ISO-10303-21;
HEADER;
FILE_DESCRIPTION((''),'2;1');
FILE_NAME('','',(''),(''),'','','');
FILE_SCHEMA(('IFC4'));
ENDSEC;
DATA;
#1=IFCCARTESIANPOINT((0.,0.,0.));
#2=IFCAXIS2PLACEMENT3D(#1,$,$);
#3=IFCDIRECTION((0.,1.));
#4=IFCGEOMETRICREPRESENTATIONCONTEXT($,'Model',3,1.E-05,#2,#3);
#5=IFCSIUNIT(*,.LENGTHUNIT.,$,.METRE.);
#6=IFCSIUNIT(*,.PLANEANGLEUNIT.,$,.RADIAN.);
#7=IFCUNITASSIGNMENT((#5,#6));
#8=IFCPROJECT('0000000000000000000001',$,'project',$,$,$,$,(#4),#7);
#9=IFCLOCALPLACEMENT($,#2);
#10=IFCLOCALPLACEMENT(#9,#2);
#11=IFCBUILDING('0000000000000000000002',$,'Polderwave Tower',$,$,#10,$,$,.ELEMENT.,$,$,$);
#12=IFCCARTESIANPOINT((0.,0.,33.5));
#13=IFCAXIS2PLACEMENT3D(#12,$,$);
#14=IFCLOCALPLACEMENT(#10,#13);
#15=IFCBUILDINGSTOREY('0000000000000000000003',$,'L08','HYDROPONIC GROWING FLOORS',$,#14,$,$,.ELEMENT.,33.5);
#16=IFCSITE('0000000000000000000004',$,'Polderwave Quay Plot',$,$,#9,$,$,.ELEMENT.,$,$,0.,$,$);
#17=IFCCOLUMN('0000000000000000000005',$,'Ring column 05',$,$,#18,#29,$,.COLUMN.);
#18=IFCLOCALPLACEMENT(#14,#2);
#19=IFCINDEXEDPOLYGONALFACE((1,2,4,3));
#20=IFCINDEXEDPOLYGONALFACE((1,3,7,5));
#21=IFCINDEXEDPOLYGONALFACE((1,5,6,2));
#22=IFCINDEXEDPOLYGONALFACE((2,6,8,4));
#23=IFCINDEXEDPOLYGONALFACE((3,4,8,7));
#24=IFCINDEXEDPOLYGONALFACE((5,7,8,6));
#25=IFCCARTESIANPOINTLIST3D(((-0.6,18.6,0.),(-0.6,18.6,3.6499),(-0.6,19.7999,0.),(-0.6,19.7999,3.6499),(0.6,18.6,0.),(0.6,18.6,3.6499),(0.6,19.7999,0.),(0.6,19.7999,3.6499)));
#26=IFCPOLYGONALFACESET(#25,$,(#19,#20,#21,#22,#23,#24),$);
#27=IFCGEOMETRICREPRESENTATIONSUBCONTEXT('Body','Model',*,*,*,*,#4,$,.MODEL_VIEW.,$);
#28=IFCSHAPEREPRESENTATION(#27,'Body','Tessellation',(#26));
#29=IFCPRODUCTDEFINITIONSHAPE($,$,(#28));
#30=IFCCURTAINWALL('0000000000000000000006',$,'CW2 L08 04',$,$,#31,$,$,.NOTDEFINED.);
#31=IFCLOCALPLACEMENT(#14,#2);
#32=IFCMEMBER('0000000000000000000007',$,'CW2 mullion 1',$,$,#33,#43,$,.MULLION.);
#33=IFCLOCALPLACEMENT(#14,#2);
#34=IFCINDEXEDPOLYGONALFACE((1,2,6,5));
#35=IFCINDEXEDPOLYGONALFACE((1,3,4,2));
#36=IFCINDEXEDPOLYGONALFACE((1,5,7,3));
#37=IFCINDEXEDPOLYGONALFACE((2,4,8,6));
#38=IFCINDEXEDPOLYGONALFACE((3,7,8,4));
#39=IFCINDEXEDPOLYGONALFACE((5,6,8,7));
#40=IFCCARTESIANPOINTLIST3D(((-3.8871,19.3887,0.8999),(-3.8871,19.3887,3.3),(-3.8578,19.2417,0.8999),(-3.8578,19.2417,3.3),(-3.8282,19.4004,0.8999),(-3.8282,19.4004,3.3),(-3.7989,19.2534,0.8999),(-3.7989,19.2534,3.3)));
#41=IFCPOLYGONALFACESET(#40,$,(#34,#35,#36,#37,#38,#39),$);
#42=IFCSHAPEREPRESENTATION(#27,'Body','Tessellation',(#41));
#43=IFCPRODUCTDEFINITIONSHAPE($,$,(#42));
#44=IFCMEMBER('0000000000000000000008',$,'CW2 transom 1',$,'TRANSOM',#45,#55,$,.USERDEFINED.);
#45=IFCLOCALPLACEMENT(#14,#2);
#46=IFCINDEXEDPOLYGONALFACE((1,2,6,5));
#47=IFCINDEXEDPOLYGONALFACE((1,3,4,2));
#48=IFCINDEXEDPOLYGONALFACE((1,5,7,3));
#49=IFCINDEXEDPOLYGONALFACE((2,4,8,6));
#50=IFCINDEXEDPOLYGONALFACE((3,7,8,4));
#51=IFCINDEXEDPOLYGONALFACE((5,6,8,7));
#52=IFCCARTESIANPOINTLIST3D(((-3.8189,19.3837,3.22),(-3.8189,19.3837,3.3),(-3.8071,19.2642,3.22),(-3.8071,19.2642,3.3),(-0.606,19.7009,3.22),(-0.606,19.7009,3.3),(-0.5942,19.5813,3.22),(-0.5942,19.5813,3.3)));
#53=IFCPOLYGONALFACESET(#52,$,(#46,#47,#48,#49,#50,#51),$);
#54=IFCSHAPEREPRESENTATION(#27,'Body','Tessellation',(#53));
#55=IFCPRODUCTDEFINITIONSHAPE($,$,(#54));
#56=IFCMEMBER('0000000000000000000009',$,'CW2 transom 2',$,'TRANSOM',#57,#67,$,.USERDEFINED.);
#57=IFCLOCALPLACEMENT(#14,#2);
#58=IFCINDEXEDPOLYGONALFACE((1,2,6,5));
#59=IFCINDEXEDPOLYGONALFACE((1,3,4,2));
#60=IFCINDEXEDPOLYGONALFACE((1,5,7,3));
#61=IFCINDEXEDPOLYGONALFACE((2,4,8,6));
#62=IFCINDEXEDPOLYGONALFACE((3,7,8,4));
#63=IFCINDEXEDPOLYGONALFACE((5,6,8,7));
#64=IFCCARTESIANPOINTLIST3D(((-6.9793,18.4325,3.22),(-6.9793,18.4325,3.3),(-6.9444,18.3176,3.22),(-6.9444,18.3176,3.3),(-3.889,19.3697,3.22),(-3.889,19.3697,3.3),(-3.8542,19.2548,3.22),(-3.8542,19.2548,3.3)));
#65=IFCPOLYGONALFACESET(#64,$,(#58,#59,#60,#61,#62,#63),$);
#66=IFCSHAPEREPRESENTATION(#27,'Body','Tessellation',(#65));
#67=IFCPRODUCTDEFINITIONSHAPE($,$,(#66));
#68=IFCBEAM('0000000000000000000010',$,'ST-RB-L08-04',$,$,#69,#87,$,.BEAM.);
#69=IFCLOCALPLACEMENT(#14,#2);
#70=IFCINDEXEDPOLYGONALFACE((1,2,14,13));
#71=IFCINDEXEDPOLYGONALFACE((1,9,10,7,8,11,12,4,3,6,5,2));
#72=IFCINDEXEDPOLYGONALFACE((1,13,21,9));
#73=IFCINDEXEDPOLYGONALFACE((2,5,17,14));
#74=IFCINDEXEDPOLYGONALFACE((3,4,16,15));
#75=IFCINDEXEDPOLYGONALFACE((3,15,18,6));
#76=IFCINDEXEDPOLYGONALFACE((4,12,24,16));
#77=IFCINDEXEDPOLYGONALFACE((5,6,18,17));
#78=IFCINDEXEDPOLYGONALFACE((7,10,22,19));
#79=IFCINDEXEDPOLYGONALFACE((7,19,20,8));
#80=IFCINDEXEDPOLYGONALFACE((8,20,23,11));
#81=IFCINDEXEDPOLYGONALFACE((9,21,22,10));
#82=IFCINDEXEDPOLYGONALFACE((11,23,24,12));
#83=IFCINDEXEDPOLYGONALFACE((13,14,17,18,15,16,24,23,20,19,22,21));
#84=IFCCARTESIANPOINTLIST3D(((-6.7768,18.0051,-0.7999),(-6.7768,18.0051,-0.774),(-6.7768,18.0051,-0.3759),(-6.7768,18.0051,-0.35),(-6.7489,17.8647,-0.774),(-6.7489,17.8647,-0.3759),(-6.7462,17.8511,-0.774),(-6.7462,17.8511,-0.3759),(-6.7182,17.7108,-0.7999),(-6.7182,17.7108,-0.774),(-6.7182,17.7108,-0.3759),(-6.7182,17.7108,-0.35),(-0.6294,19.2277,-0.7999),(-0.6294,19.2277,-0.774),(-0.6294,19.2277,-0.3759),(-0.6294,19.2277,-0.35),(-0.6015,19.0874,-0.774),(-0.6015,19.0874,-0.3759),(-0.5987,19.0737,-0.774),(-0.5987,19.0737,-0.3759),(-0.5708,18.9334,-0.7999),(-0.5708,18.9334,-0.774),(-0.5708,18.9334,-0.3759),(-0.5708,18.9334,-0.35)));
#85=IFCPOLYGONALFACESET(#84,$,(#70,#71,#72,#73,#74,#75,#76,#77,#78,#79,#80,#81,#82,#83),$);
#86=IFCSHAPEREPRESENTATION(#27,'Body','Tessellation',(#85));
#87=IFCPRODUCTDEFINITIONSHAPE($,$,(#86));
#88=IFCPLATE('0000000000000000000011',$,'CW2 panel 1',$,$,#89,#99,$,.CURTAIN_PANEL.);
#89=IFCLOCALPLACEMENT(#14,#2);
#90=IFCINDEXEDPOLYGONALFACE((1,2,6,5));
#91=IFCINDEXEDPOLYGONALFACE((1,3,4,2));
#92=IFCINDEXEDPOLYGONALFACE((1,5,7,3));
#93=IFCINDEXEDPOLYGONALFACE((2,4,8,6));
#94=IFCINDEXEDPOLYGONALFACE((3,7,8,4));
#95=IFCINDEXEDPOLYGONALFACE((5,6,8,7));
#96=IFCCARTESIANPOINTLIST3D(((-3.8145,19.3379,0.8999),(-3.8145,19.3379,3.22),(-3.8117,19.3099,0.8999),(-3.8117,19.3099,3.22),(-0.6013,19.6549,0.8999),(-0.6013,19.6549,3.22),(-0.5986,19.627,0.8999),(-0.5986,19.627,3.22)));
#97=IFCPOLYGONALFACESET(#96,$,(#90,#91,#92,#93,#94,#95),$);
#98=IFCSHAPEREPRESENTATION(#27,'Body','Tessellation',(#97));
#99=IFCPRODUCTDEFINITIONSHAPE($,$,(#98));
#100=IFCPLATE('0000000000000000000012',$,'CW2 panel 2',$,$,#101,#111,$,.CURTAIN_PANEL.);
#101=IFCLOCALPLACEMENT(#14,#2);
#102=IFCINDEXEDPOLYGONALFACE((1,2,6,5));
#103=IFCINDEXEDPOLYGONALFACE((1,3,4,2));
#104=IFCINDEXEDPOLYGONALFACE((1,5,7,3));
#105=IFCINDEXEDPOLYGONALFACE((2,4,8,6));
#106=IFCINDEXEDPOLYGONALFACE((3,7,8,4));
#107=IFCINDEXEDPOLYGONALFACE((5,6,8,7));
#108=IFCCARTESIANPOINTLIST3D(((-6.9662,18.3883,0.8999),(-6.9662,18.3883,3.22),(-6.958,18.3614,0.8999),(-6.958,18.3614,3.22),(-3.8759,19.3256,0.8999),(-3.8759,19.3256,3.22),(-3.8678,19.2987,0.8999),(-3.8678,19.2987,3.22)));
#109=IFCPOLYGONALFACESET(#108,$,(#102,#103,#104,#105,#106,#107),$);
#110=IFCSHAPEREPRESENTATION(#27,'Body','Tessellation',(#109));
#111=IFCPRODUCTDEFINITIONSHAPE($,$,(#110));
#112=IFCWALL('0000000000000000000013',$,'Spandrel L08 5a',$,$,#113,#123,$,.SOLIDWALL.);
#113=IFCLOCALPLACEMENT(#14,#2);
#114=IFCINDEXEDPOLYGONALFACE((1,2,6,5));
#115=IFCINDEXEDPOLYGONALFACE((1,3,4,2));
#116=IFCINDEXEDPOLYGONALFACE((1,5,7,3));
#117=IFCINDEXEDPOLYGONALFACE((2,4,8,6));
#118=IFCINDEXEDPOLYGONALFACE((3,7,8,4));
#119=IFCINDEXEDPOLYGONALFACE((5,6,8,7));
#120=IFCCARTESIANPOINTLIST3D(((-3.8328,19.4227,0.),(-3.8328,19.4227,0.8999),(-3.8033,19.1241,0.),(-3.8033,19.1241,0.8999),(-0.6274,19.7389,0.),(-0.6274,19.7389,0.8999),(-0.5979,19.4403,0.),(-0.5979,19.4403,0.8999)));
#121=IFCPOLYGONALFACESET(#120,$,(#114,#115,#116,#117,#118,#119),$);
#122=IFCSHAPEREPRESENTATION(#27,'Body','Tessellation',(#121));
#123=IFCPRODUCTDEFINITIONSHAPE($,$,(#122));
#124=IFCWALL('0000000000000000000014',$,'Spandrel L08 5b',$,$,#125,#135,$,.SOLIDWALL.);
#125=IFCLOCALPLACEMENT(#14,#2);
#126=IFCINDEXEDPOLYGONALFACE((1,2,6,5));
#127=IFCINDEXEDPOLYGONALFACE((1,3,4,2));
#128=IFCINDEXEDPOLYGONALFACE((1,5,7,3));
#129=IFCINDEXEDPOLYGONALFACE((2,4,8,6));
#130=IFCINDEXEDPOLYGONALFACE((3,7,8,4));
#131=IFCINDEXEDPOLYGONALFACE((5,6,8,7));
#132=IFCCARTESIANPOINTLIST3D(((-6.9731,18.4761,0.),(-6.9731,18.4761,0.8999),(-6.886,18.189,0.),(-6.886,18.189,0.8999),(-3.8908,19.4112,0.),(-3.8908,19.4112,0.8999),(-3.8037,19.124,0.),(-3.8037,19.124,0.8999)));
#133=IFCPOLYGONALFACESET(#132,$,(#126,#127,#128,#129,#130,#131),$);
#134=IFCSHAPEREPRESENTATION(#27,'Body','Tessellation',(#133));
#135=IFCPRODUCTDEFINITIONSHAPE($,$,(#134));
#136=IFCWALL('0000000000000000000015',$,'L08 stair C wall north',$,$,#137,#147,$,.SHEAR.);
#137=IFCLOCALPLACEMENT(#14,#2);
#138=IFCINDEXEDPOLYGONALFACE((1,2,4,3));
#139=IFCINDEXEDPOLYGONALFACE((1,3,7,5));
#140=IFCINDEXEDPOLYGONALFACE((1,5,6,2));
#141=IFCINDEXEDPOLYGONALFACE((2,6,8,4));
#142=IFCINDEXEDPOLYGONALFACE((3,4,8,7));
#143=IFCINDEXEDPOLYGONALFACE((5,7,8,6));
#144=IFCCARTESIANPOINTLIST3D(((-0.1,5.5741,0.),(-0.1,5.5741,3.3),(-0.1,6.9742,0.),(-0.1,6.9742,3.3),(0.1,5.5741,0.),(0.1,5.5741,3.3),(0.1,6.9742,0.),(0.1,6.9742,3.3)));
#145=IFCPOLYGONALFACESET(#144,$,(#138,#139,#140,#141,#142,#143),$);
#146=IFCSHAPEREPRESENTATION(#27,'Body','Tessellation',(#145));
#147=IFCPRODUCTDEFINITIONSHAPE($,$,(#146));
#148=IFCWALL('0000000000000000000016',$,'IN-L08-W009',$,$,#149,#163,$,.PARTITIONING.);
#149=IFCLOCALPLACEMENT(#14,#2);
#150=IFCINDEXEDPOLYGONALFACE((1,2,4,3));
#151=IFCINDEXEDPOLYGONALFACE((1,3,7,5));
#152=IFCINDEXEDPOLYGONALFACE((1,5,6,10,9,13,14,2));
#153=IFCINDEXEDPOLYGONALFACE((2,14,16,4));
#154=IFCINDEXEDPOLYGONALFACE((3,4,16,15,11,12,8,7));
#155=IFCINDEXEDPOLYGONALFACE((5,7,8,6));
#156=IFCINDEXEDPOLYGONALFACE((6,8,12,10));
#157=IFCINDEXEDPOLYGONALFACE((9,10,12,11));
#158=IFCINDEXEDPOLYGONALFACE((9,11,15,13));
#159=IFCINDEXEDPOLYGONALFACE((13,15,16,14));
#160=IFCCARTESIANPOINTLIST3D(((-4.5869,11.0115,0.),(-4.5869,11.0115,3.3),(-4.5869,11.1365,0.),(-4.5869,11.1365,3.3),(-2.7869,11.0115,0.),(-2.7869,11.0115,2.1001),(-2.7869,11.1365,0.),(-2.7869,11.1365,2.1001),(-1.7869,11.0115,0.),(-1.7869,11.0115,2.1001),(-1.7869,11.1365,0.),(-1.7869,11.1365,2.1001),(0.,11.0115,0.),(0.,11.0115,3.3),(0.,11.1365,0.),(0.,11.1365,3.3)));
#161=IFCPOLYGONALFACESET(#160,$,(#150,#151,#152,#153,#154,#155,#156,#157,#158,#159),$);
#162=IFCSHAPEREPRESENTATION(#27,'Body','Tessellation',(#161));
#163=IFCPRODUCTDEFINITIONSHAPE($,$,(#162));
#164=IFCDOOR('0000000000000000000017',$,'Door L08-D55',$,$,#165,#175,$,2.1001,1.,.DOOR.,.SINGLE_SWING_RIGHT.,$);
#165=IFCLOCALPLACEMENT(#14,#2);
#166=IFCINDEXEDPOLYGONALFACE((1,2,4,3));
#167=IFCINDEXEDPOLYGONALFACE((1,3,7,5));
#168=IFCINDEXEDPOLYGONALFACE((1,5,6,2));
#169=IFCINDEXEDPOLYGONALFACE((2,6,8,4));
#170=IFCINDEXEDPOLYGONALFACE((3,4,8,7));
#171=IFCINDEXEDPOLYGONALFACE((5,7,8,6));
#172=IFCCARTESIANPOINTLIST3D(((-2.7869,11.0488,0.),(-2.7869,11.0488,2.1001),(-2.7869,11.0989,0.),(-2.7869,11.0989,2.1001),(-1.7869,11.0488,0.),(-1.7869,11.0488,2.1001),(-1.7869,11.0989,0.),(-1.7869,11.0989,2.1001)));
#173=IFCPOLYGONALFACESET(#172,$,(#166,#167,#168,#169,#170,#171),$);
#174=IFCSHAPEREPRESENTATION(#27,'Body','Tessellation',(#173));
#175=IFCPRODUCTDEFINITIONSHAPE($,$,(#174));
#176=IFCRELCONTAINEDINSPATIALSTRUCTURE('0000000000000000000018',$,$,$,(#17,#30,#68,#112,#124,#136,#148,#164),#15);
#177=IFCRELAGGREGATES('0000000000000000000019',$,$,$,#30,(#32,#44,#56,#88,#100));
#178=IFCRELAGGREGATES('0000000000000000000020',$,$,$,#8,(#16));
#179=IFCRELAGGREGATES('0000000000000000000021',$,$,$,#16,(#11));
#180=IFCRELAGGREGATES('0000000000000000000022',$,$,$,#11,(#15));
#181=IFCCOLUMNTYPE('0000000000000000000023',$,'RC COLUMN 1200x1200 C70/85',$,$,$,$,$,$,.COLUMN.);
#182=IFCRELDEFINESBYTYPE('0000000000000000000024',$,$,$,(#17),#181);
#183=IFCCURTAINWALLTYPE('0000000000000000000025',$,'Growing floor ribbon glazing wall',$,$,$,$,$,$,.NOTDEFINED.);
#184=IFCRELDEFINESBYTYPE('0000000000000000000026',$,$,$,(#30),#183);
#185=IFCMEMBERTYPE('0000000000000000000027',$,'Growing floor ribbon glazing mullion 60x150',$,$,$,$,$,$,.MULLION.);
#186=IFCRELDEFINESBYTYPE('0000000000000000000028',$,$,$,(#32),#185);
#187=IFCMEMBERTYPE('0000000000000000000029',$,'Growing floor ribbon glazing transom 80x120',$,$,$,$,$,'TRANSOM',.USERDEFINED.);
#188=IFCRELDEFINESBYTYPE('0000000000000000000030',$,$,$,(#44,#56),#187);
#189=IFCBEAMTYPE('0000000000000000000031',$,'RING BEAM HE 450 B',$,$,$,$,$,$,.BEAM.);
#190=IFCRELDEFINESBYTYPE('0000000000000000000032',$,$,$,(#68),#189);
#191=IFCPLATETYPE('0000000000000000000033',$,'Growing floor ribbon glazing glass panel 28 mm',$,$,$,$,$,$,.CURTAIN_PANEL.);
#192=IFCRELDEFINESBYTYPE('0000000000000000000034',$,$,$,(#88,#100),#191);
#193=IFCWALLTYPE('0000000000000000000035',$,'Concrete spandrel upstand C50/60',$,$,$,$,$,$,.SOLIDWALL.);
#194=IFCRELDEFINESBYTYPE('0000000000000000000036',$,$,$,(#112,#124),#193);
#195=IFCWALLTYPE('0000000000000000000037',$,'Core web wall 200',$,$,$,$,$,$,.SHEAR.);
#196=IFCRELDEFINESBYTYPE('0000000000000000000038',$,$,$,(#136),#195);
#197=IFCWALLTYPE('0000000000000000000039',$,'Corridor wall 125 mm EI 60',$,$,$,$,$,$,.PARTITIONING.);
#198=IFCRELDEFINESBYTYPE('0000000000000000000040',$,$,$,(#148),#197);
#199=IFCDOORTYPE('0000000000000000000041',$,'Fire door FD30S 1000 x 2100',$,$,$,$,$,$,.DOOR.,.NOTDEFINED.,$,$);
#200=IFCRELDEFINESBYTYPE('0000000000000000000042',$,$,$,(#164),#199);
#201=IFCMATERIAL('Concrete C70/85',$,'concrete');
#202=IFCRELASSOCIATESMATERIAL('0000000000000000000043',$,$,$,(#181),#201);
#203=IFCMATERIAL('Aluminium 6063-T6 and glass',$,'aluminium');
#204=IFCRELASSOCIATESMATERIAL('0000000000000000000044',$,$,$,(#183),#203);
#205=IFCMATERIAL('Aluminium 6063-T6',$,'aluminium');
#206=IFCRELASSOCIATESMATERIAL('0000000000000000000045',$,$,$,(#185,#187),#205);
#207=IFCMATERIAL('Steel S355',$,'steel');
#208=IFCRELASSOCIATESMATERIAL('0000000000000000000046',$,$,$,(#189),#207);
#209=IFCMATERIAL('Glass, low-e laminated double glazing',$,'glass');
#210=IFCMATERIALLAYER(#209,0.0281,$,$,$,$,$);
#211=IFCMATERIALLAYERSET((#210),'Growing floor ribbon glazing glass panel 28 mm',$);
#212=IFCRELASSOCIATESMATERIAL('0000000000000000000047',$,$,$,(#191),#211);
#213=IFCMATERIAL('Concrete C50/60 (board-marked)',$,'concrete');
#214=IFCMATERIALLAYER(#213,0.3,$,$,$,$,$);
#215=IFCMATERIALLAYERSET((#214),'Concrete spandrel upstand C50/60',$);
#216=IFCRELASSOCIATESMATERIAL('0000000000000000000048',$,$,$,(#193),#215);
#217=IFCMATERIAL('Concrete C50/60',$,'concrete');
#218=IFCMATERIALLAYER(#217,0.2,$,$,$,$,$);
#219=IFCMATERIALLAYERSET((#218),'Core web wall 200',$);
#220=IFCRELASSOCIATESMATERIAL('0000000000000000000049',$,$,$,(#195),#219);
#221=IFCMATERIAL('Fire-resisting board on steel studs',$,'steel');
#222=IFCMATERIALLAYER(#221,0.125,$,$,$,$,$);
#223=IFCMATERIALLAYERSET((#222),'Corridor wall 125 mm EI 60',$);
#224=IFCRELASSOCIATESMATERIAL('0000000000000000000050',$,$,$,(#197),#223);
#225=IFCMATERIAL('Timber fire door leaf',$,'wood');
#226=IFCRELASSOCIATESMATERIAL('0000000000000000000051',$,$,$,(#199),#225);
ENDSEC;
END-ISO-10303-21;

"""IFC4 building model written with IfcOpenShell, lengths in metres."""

from ifc_helpers import new_model, si_unit, direction, frame, frame_2d, origin, origin_2d, place, context, subcontext, project, spatial, rectangle, i_section, extrude, material, layer, layer_set, material_profile, profile_set, type_object, element, fill, aggregate, save


model = new_model("IFC4")

# Units and contexts
model_context = context("Model", 3, precision=1e-05, world=origin(), true_north=direction((0.0, 1.0)))
body_context = subcontext(model_context, "Body", "Model", "MODEL_VIEW")
ifc_project = project(units=[si_unit("LENGTHUNIT", "METRE"), si_unit("PLANEANGLEUNIT", "RADIAN")], contexts=[model_context])

# Site, building, storey
site_placement = place(None, origin())
site = spatial("IfcSite", under=ifc_project, at=site_placement, Name="Polderwave Quay Plot", CompositionType="ELEMENT", RefElevation=0.0)
building_placement = place(site_placement, origin())
building = spatial("IfcBuilding", under=site, at=building_placement, Name="Polderwave Tower", CompositionType="ELEMENT")
storey_placement = place(building_placement, frame((0.0, 0.0, 33.5)))
storey = spatial("IfcBuildingStorey", under=building, at=storey_placement, Name="L08", Description="HYDROPONIC GROWING FLOORS", CompositionType="ELEMENT", Elevation=33.5)

# Column
ifc_material_1 = material(Name="Concrete C70/85", Category="concrete")
ifc_material_profile_1 = material_profile(ifc_material_1, rectangle(XDim=1.2, YDim=1.2, at=origin_2d()), Name="RC 1200x1200")
ifc_profile_set_1 = profile_set([ifc_material_profile_1], Name="Concrete C70/85")
column_type = type_object("IfcColumnType", Name="RC COLUMN 1200x1200 C70/85", PredefinedType="COLUMN", material=ifc_profile_set_1)
column_placement = place(storey_placement, frame((0.0, 19.2, 0.0), z_axis=(0.0, 0.0, 1.0), x_axis=(0.0, 1.0, 0.0)))
element("IfcColumn", 1, at=column_placement, inside=storey, type_object=column_type, Name="Ring column 05", PredefinedType="COLUMN", context=body_context, shape_type="SweptSolid", body=[
    extrude(rectangle(XDim=1.2, YDim=1.2, at=origin_2d()), origin(), (0.0, 0.0, 1.0), 3.6499),
])

# Curtain wall, members
ifc_material_2 = material(Name="Aluminium 6063-T6 and glass", Category="aluminium")
curtain_wall_type = type_object("IfcCurtainWallType", Name="Growing floor ribbon glazing wall", PredefinedType="NOTDEFINED", material=ifc_material_2)
curtain_wall_placement = place(storey_placement, origin())
curtain_wall = element("IfcCurtainWall", 2, at=curtain_wall_placement, inside=storey, type_object=curtain_wall_type, Name="CW2 L08 04", PredefinedType="NOTDEFINED")
ifc_material_3 = material(Name="Aluminium 6063-T6", Category="aluminium")
ifc_material_profile_2 = material_profile(ifc_material_3, rectangle(XDim=0.1499, YDim=0.0601, at=origin_2d()), Name="AL 60x150")
ifc_profile_set_2 = profile_set([ifc_material_profile_2], Name="Aluminium 6063-T6")
member_type_1 = type_object("IfcMemberType", Name="Growing floor ribbon glazing mullion 60x150", PredefinedType="MULLION", material=ifc_profile_set_2)
member_1_placement = place(storey_placement, frame((-3.843, 19.321, 0.8999), z_axis=(0.0, 0.0, 1.0), x_axis=(0.195159, -0.980772, 0.0)))
member_1 = element("IfcMember", 3, at=member_1_placement, type_object=member_type_1, Name="CW2 mullion 1", PredefinedType="MULLION", context=body_context, shape_type="SweptSolid", body=[
    extrude(rectangle(XDim=0.1499, YDim=0.0601, at=origin_2d()), origin(), (0.0, 0.0, 1.0), 2.4001),
])
ifc_material_profile_3 = material_profile(ifc_material_3, rectangle(XDim=0.1201, YDim=0.0801, at=origin_2d()), Name="AL 80x120")
ifc_profile_set_3 = profile_set([ifc_material_profile_3], Name="Aluminium 6063-T6")
member_type_2 = type_object("IfcMemberType", Name="Growing floor ribbon glazing transom 80x120", ElementType="TRANSOM", PredefinedType="USERDEFINED", material=ifc_profile_set_3)
member_2_placement = place(storey_placement, frame((-0.6001, 19.6411, 3.26), z_axis=(-0.995164, -0.098231, 0.0), x_axis=(0.098231, -0.995164, 0.0)))
member_2 = element("IfcMember", 4, at=member_2_placement, type_object=member_type_2, Name="CW2 transom 1", ObjectType="TRANSOM", PredefinedType="USERDEFINED", context=body_context, shape_type="SweptSolid", body=[
    extrude(rectangle(XDim=0.1201, YDim=0.0801, at=origin_2d()), origin(), (0.0, 0.0, 1.0), 3.2285),
])
member_3_placement = place(storey_placement, frame((-3.8716, 19.3123, 3.26), z_axis=(-0.956956, -0.290232, 0.0), x_axis=(0.290232, -0.956956, 0.0)))
member_3 = element("IfcMember", 5, at=member_3_placement, type_object=member_type_2, Name="CW2 transom 2", ObjectType="TRANSOM", PredefinedType="USERDEFINED", context=body_context, shape_type="SweptSolid", body=[
    extrude(rectangle(XDim=0.1201, YDim=0.0801, at=origin_2d()), origin(), (0.0, 0.0, 1.0), 3.2292),
])

# Beam
ifc_material_4 = material(Name="Steel S355", Category="steel")
ifc_material_profile_4 = material_profile(ifc_material_4, i_section(OverallWidth=0.3, OverallDepth=0.45, WebThickness=0.0139, FlangeThickness=0.0259, at=origin_2d()), Name="HE 450 B")
ifc_profile_set_4 = profile_set([ifc_material_profile_4], Name="Steel S355")
beam_type = type_object("IfcBeamType", Name="RING BEAM HE 450 B", PredefinedType="BEAM", material=ifc_profile_set_4)
beam_placement = place(storey_placement, frame((-0.6001, 19.0806, -0.575), z_axis=(-0.98079, -0.195067, 0.0), x_axis=(0.195067, -0.98079, 0.0)))
element("IfcBeam", 6, at=beam_placement, inside=storey, type_object=beam_type, Name="ST-RB-L08-04", PredefinedType="BEAM", context=body_context, shape_type="SweptSolid", body=[
    extrude(i_section(OverallWidth=0.3, OverallDepth=0.45, WebThickness=0.0139, FlangeThickness=0.0259, at=origin_2d()), origin(), (0.0, 0.0, 1.0), 6.2678),
])

# Plates
ifc_material_5 = material(Name="Glass, low-e laminated double glazing", Category="glass")
ifc_layer_1 = layer(ifc_material_5, 0.0281)
ifc_layer_set_1 = layer_set([ifc_layer_1], Name="Growing floor ribbon glazing glass panel 28 mm")
plate_type = type_object("IfcPlateType", Name="Growing floor ribbon glazing glass panel 28 mm", PredefinedType="CURTAIN_PANEL", material=ifc_layer_set_1)
plate_1_placement = place(storey_placement, frame((-2.2065, 19.4824, 0.8999), z_axis=(0.0, 0.0, 1.0), x_axis=(-0.995167, -0.098198, 0.0)))
plate_1 = element("IfcPlate", 7, at=plate_1_placement, type_object=plate_type, Name="CW2 panel 1", PredefinedType="CURTAIN_PANEL", context=body_context, shape_type="SweptSolid", body=[
    extrude(rectangle(XDim=3.2288, YDim=0.0281, at=origin_2d()), origin(), (0.0, 0.0, 1.0), 2.3201),
])
plate_2_placement = place(storey_placement, frame((-5.417, 18.8435, 0.8999), z_axis=(0.0, 0.0, 1.0), x_axis=(-0.956952, -0.290246, 0.0)))
plate_2 = element("IfcPlate", 8, at=plate_2_placement, type_object=plate_type, Name="CW2 panel 2", PredefinedType="CURTAIN_PANEL", context=body_context, shape_type="SweptSolid", body=[
    extrude(rectangle(XDim=3.2292, YDim=0.0281, at=origin_2d()), origin(), (0.0, 0.0, 1.0), 2.3201),
])
aggregate(curtain_wall, [member_1, member_2, member_3, plate_1, plate_2])

# Walls
ifc_material_6 = material(Name="Concrete C50/60 (board-marked)", Category="concrete")
ifc_layer_2 = layer(ifc_material_6, 0.3)
ifc_layer_set_2 = layer_set([ifc_layer_2], Name="Concrete spandrel upstand C50/60")
wall_type_1 = type_object("IfcWallType", Name="Concrete spandrel upstand C50/60", PredefinedType="SOLIDWALL", material=ifc_layer_set_2)
for number, where, z_axis, x_axis, name in (
    (9, (-0.6128, 19.5896, 0.0), (0.0, 0.0, 1.0), (-0.995171, -0.09816, 0.0), "Spandrel L08 5a"),
    (10, (-3.8474, 19.2676, 0.0), (0.0, 0.0, 1.0), (-0.956935, -0.290302, 0.0), "Spandrel L08 5b"),
):
    element("IfcWall", number, at=place(storey_placement, frame(where, z_axis=z_axis, x_axis=x_axis)), inside=storey, type_object=wall_type_1, Name=name, PredefinedType="SOLIDWALL", context=body_context, shape_type="SweptSolid", body=[
        extrude(rectangle(XDim=3.2209, YDim=0.3, at=frame_2d((1.6104, 0.0))), origin(), (0.0, 0.0, 1.0), 0.8999),
    ])
ifc_material_7 = material(Name="Concrete C50/60", Category="concrete")
ifc_layer_3 = layer(ifc_material_7, 0.2)
ifc_layer_set_3 = layer_set([ifc_layer_3], Name="Core web wall 200")
wall_type_2 = type_object("IfcWallType", Name="Core web wall 200", PredefinedType="SHEAR", material=ifc_layer_set_3)
wall_1_placement = place(storey_placement, frame((0.0, 5.574, 0.0), z_axis=(0.0, 0.0, 1.0), x_axis=(0.0, 1.0, 0.0)))
element("IfcWall", 11, at=wall_1_placement, inside=storey, type_object=wall_type_2, Name="L08 stair C wall north", PredefinedType="SHEAR", context=body_context, shape_type="SweptSolid", body=[
    extrude(rectangle(XDim=1.4001, YDim=0.2, at=frame_2d((0.7002, 0.0))), origin(), (0.0, 0.0, 1.0), 3.3),
])

# Wall, opening, door
ifc_material_8 = material(Name="Fire-resisting board on steel studs", Category="steel")
ifc_layer_4 = layer(ifc_material_8, 0.125)
ifc_layer_set_4 = layer_set([ifc_layer_4], Name="Corridor wall 125 mm EI 60")
wall_type_3 = type_object("IfcWallType", Name="Corridor wall 125 mm EI 60", PredefinedType="PARTITIONING", material=ifc_layer_set_4)
wall_2_placement = place(storey_placement, frame((-4.5869, 11.074, 0.0), z_axis=(0.0, 0.0, 1.0), x_axis=(1.0, 0.0, 0.0)))
wall_2 = element("IfcWall", 12, at=wall_2_placement, inside=storey, type_object=wall_type_3, Name="IN-L08-W009", PredefinedType="PARTITIONING", context=body_context, shape_type="SweptSolid", body=[
    extrude(rectangle(XDim=4.5869, YDim=0.125, at=frame_2d((2.2935, 0.0))), origin(), (0.0, 0.0, 1.0), 3.3),
])
opening_placement = place(wall_2_placement, frame((1.8, 0.0, 0.0)))
opening = element("IfcOpeningElement", 13, at=opening_placement, cuts=wall_2, PredefinedType="OPENING", context=body_context, shape_type="SweptSolid", body=[
    extrude(rectangle(XDim=1.0, YDim=2.1001, at=frame_2d((0.5, 1.05))), frame((0.0, 0.0725, 0.0), z_axis=(0.0, -1.0, 0.0), x_axis=(1.0, 0.0, 0.0)), (0.0, 0.0, 1.0), 0.145),
])
ifc_material_9 = material(Name="Timber fire door leaf", Category="wood")
door_type = type_object("IfcDoorType", Name="Fire door FD30S 1000 x 2100", OperationType="NOTDEFINED", PredefinedType="DOOR", material=ifc_material_9)
door_placement = place(opening_placement, origin())
door = element("IfcDoor", 14, at=door_placement, inside=storey, type_object=door_type, Name="Door L08-D55", OperationType="SINGLE_SWING_RIGHT", OverallHeight=2.1001, OverallWidth=1.0, PredefinedType="DOOR", context=body_context, shape_type="SweptSolid", body=[
    extrude(rectangle(XDim=1.0, YDim=2.1001, at=frame_2d((0.5, 1.05))), frame((0.0, 0.0249, 0.0), z_axis=(0.0, -1.0, 0.0), x_axis=(1.0, 0.0, 0.0)), (0.0, 0.0, 1.0), 0.05),
])
fill(opening, door)

save(model, "model.ifc")
